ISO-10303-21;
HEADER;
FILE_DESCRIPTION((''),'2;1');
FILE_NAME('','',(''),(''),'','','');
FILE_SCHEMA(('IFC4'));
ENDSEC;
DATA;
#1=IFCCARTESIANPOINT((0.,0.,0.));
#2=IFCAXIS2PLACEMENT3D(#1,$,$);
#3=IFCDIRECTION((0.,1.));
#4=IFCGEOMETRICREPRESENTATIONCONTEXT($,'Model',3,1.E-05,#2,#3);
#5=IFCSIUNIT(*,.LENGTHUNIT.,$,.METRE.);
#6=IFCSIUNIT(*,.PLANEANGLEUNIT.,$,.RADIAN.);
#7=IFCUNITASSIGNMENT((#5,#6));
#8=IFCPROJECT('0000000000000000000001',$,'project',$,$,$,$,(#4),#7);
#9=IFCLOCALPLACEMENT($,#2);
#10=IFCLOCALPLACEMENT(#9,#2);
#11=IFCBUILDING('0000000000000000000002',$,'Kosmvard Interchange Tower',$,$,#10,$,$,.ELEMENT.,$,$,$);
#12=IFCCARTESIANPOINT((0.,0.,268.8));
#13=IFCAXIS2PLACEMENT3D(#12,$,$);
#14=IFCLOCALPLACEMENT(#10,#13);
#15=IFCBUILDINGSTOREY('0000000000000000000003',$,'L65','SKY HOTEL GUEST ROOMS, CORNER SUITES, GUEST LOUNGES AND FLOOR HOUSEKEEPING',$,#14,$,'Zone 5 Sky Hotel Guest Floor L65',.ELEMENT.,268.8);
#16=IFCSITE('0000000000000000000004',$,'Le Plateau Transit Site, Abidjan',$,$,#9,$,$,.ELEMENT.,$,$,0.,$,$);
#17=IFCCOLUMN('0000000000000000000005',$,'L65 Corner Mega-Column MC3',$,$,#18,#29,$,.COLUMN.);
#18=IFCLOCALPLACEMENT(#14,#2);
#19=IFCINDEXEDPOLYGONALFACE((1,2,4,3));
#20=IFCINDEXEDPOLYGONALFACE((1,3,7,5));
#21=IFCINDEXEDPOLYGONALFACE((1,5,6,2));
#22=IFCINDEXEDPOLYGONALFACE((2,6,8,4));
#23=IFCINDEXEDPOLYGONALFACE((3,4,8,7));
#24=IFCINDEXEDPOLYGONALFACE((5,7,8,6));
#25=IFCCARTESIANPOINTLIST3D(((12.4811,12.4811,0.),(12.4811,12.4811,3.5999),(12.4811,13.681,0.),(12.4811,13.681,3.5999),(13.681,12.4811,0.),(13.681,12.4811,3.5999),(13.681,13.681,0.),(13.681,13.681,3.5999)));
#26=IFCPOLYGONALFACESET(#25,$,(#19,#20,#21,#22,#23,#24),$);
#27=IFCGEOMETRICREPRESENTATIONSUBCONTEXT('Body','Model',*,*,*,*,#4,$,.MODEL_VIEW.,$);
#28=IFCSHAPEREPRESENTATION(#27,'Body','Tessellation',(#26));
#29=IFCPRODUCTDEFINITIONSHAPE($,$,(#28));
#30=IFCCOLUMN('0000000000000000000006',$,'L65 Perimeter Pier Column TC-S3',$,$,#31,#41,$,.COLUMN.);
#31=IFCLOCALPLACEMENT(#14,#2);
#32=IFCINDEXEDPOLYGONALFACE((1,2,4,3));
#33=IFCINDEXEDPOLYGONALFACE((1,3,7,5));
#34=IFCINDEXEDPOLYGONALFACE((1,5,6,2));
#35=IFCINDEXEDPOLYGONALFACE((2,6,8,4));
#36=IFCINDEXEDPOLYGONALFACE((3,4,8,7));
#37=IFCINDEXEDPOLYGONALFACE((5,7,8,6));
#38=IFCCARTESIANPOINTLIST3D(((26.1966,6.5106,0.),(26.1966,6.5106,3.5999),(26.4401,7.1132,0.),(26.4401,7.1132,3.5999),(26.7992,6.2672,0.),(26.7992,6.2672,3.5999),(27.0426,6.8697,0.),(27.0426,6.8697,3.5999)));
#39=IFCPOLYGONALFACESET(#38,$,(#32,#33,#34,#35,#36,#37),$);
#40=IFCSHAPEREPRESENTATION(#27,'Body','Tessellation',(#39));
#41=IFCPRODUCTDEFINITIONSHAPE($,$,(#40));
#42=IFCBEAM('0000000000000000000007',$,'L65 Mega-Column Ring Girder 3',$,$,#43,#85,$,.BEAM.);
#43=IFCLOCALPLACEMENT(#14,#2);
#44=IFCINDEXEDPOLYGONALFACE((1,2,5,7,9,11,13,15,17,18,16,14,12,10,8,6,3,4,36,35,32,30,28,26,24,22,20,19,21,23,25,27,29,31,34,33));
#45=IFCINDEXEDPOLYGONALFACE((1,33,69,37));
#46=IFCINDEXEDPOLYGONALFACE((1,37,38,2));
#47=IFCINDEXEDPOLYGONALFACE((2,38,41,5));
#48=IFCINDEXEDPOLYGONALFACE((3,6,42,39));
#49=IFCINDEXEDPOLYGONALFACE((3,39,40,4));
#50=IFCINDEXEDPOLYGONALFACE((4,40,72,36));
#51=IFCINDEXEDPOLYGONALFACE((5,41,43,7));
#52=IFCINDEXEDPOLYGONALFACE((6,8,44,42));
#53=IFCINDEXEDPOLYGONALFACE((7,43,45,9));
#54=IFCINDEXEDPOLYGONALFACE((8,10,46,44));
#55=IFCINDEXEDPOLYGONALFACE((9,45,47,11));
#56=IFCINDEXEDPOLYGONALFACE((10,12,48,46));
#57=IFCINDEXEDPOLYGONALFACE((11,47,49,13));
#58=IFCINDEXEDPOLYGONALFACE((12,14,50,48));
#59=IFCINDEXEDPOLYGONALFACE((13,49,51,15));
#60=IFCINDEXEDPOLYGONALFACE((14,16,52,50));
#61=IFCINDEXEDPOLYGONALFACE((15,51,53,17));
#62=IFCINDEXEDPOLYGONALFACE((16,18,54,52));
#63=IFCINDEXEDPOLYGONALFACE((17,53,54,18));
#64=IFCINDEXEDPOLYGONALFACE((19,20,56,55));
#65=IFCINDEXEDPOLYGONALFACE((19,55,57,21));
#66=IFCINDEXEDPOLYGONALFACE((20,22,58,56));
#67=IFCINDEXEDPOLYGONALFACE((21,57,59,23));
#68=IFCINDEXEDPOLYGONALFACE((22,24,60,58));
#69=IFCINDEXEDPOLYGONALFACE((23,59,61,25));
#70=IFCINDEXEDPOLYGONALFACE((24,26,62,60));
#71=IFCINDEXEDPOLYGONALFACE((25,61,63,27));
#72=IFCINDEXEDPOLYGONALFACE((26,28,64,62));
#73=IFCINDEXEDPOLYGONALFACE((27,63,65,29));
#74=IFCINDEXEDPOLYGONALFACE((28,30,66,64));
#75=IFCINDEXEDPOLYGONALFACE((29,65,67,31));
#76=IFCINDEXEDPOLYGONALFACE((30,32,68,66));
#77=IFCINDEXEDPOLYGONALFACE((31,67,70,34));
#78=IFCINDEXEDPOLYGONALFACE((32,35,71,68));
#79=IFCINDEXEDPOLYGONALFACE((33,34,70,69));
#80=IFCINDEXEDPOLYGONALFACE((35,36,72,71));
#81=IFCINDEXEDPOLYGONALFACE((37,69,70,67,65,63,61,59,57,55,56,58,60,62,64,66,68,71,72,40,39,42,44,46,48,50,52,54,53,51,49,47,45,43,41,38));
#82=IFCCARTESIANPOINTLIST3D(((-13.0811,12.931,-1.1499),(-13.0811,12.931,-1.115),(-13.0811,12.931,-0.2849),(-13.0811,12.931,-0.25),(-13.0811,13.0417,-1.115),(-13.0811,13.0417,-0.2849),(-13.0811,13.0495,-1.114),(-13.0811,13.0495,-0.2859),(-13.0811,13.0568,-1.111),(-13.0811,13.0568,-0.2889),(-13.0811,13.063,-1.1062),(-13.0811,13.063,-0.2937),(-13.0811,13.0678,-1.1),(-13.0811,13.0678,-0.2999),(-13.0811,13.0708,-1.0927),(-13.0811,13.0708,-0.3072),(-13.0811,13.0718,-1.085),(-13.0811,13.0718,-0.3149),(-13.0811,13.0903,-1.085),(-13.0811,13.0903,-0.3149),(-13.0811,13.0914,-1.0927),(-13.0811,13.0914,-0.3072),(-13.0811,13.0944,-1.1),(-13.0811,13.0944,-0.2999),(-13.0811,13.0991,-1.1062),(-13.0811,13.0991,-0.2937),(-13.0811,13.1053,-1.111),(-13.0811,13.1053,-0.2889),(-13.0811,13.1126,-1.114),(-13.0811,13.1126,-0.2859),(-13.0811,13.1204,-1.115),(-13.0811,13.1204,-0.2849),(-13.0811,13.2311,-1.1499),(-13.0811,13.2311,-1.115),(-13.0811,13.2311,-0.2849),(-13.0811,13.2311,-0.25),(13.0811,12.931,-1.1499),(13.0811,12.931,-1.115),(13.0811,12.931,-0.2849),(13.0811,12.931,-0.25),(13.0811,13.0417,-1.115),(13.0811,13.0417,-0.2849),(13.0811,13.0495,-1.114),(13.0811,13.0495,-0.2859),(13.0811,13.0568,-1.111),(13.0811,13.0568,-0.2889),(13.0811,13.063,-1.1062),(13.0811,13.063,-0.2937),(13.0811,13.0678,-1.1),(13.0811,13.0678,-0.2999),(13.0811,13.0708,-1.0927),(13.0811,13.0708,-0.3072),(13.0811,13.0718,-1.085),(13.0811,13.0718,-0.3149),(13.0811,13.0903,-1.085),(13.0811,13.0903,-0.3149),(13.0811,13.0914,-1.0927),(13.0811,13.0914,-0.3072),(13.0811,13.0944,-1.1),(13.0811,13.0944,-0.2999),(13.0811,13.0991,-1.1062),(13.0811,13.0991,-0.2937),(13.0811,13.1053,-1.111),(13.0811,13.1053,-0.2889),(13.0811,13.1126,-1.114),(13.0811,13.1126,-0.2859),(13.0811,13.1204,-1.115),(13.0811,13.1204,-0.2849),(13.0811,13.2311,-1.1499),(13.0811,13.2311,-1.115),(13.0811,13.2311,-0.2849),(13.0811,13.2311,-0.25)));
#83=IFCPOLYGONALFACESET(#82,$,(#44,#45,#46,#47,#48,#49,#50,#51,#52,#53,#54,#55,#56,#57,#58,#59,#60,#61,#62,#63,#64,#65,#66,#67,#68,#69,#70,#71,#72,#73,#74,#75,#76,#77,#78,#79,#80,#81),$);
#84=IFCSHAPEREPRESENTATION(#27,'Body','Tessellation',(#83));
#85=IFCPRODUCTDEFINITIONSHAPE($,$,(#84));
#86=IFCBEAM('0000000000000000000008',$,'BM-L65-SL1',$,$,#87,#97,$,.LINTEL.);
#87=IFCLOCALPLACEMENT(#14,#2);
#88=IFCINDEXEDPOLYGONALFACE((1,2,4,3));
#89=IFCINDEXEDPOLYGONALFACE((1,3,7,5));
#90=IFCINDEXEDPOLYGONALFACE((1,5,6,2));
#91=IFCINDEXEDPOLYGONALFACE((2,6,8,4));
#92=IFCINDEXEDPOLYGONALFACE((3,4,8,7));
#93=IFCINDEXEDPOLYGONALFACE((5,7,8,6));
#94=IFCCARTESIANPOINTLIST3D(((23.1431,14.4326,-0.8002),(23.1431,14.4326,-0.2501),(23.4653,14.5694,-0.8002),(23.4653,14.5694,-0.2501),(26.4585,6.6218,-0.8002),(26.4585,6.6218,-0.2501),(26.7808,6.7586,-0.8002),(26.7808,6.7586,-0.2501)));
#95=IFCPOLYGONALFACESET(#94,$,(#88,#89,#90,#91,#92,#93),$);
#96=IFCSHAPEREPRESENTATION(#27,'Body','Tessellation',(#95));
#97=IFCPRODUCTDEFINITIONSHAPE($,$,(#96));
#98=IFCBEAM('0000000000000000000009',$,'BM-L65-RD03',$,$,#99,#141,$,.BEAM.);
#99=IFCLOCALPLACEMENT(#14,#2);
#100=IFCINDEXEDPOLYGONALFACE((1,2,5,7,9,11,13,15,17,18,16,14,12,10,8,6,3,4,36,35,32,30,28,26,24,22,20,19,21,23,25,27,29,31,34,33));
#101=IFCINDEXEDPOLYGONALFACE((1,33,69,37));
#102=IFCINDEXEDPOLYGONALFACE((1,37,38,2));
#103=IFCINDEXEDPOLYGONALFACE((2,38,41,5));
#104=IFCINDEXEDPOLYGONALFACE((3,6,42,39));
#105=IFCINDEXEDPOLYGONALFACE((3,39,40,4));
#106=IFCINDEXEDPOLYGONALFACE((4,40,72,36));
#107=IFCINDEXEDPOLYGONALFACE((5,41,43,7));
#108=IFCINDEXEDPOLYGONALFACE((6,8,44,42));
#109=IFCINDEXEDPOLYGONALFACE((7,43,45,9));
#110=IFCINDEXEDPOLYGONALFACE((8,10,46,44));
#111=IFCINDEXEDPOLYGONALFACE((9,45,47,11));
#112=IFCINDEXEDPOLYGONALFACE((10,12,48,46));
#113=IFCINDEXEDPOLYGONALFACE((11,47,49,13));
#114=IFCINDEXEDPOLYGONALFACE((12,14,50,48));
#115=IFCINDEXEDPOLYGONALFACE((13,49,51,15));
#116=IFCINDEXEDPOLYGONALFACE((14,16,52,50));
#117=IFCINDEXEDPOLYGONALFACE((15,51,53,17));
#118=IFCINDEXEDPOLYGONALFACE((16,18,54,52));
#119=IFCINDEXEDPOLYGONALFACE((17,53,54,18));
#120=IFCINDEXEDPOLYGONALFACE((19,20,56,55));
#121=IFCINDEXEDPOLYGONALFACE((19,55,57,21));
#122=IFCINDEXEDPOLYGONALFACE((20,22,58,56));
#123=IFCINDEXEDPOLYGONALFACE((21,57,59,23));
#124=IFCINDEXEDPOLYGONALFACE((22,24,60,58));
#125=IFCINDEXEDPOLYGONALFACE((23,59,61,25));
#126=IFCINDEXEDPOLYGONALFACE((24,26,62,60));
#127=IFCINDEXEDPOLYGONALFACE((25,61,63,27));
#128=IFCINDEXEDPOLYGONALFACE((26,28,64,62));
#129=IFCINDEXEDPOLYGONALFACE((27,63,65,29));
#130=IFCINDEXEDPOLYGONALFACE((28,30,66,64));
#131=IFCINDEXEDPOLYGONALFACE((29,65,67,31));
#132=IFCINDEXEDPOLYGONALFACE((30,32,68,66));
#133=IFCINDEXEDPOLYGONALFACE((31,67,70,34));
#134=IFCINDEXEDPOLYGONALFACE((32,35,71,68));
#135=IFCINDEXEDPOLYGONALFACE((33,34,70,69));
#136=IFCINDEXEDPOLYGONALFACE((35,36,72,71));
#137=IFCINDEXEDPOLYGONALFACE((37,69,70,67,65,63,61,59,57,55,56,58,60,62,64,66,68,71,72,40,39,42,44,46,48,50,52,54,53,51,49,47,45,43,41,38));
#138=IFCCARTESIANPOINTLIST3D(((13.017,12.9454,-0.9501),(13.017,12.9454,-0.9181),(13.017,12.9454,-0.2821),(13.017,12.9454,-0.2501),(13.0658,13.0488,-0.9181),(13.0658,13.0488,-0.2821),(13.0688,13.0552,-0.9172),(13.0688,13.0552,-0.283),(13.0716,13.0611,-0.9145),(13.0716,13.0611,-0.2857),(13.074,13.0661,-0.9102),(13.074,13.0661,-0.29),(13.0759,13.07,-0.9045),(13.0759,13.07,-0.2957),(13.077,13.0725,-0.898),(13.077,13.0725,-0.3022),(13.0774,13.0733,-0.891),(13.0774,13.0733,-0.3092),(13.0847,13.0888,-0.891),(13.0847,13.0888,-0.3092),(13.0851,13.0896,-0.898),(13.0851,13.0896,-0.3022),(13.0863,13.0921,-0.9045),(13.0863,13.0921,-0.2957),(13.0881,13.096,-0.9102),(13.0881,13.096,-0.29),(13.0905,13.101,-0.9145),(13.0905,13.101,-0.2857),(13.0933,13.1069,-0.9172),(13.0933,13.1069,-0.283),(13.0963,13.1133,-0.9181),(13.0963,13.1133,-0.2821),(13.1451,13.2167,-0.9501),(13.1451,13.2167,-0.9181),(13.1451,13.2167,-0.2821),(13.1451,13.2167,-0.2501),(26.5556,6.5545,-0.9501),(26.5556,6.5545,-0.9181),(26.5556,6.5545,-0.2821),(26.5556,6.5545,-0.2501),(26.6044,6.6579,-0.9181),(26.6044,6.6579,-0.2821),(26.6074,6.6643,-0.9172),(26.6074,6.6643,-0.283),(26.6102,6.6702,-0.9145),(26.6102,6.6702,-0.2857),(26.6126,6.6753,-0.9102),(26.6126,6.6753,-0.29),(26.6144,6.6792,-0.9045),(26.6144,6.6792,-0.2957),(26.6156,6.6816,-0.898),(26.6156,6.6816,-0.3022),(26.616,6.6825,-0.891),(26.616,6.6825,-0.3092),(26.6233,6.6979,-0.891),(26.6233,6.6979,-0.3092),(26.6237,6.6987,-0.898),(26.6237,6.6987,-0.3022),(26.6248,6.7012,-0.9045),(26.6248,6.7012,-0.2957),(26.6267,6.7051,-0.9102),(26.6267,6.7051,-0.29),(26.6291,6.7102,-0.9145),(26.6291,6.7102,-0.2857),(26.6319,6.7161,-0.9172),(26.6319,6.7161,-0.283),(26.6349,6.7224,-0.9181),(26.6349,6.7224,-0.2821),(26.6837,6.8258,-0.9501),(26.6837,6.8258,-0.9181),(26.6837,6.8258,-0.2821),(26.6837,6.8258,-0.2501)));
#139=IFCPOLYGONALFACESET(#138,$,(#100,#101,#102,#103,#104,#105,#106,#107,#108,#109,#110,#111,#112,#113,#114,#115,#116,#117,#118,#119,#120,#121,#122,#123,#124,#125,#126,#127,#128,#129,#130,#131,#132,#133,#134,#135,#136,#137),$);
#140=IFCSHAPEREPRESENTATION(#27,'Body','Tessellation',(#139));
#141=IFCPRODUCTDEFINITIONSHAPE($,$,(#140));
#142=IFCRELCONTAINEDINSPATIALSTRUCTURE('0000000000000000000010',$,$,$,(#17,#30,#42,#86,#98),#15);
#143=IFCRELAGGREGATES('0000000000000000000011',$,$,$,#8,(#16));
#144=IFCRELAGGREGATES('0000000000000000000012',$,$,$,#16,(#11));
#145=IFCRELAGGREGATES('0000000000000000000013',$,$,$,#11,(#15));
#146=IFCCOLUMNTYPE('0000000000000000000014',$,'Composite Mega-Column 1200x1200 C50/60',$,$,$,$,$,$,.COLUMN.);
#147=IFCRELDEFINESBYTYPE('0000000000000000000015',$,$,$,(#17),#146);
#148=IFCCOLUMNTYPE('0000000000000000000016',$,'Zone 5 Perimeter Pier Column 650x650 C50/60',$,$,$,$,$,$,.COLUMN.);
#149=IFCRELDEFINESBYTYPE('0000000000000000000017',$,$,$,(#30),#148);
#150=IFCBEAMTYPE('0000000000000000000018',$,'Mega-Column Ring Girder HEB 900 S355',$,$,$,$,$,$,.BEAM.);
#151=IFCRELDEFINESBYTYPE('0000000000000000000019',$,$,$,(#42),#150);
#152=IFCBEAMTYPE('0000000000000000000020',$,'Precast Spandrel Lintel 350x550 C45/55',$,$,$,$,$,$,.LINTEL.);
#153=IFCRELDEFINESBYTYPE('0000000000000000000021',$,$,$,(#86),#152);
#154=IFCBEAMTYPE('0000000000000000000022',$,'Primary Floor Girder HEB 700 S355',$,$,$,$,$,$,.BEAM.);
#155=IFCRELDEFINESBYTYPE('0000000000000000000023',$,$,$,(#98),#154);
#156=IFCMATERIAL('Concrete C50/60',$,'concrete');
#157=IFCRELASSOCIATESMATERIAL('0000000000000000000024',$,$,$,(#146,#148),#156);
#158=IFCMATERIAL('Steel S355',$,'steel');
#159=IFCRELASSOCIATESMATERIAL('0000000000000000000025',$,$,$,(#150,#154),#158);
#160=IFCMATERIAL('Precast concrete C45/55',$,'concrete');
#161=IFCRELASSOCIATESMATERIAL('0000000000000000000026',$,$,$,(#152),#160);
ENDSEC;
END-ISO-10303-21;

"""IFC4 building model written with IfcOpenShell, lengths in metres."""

from ifc_helpers import new_model, si_unit, direction, frame, origin, origin_2d, place, context, subcontext, project, spatial, rectangle, i_section, extrude, source, transform, mapped, material, material_profile, profile_set, type_object, element, save


model = new_model("IFC4")

# Units and contexts
model_context = context("Model", 3, precision=1e-05, world=origin(), true_north=direction((0.0, 1.0)))
body_context = subcontext(model_context, "Body", "Model", "MODEL_VIEW")
ifc_project = project(units=[si_unit("LENGTHUNIT", "METRE"), si_unit("PLANEANGLEUNIT", "RADIAN")], contexts=[model_context])

# Site, building, storey
site_placement = place(None, origin())
site = spatial("IfcSite", under=ifc_project, at=site_placement, Name="Le Plateau Transit Site, Abidjan", CompositionType="ELEMENT", RefElevation=0.0)
building_placement = place(site_placement, origin())
building = spatial("IfcBuilding", under=site, at=building_placement, Name="Kosmvard Interchange Tower", CompositionType="ELEMENT")
storey_placement = place(building_placement, frame((0.0, 0.0, 268.8)))
storey = spatial("IfcBuildingStorey", under=building, at=storey_placement, Name="L65", Description="SKY HOTEL GUEST ROOMS, CORNER SUITES, GUEST LOUNGES AND FLOOR HOUSEKEEPING", LongName="Zone 5 Sky Hotel Guest Floor L65", CompositionType="ELEMENT", Elevation=268.8)

# Columns
ifc_material_1 = material(Name="Concrete C50/60", Category="concrete")
ifc_material_profile_1 = material_profile(ifc_material_1, rectangle(XDim=1.2, YDim=1.2, at=origin_2d()), Name="MC 1200x1200")
ifc_profile_set_1 = profile_set([ifc_material_profile_1], Name="Concrete C50/60")
column_type_1 = type_object("IfcColumnType", Name="Composite Mega-Column 1200x1200 C50/60", PredefinedType="COLUMN", material=ifc_profile_set_1)
shared_shape_1 = source(origin(), body_context, "Body", "SweptSolid", [
    extrude(rectangle(XDim=1.2, YDim=1.2, at=origin_2d()), origin(), (0.0, 0.0, 1.0), 3.5999),
])
column_1_placement = place(storey_placement, frame((13.0811, 13.0811, 0.0), z_axis=(0.0, 0.0, 1.0), x_axis=(1.0, 0.0, 0.0)))
element("IfcColumn", 1, at=column_1_placement, inside=storey, type_object=column_type_1, Name="L65 Corner Mega-Column MC3", PredefinedType="COLUMN", context=body_context, shape_type="MappedRepresentation", body=[
    mapped(shared_shape_1, transform((0.0, 0.0, 0.0), scale=1.0)),
])
ifc_material_profile_2 = material_profile(ifc_material_1, rectangle(XDim=0.6499, YDim=0.6499, at=origin_2d()), Name="TC 650x650")
ifc_profile_set_2 = profile_set([ifc_material_profile_2], Name="Concrete C50/60")
column_type_2 = type_object("IfcColumnType", Name="Zone 5 Perimeter Pier Column 650x650 C50/60", PredefinedType="COLUMN", material=ifc_profile_set_2)
shared_shape_2 = source(origin(), body_context, "Body", "SweptSolid", [
    extrude(rectangle(XDim=0.6499, YDim=0.6499, at=origin_2d()), origin(), (0.0, 0.0, 1.0), 3.5999),
])
column_2_placement = place(storey_placement, frame((26.6196, 6.6902, 0.0), z_axis=(0.0, 0.0, 1.0), x_axis=(0.374607, 0.927184, 0.0)))
element("IfcColumn", 2, at=column_2_placement, inside=storey, type_object=column_type_2, Name="L65 Perimeter Pier Column TC-S3", PredefinedType="COLUMN", context=body_context, shape_type="MappedRepresentation", body=[
    mapped(shared_shape_2, transform((0.0, 0.0, 0.0), scale=1.0)),
])

# Beams
ifc_material_2 = material(Name="Steel S355", Category="steel")
ifc_material_profile_3 = material_profile(ifc_material_2, i_section(OverallWidth=0.3, OverallDepth=0.8999, WebThickness=0.0186, FlangeThickness=0.0349, FilletRadius=0.03, at=origin_2d()), Name="HEB 900")
ifc_profile_set_3 = profile_set([ifc_material_profile_3], Name="Steel S355")
beam_type_1 = type_object("IfcBeamType", Name="Mega-Column Ring Girder HEB 900 S355", PredefinedType="BEAM", material=ifc_profile_set_3)
shared_shape_3 = source(origin(), body_context, "Body", "SweptSolid", [
    extrude(i_section(OverallWidth=0.3, OverallDepth=0.8999, WebThickness=0.0186, FlangeThickness=0.0349, FilletRadius=0.03, at=origin_2d()), origin(), (0.0, 0.0, 1.0), 26.1621),
])
beam_1_placement = place(storey_placement, frame((13.0811, 13.0811, -0.7), z_axis=(-1.0, 0.0, 0.0), x_axis=(0.0, -1.0, 0.0)))
element("IfcBeam", 3, at=beam_1_placement, inside=storey, type_object=beam_type_1, Name="L65 Mega-Column Ring Girder 3", PredefinedType="BEAM", context=body_context, shape_type="MappedRepresentation", body=[
    mapped(shared_shape_3, transform((0.0, 0.0, 0.0), scale=1.0)),
])
ifc_material_3 = material(Name="Precast concrete C45/55", Category="concrete")
ifc_material_profile_4 = material_profile(ifc_material_3, rectangle(XDim=0.3501, YDim=0.55, at=origin_2d()), Name="SL 350x550")
ifc_profile_set_4 = profile_set([ifc_material_profile_4], Name="Precast concrete C45/55")
beam_type_2 = type_object("IfcBeamType", Name="Precast Spandrel Lintel 350x550 C45/55", PredefinedType="LINTEL", material=ifc_profile_set_4)
shared_shape_4 = source(origin(), body_context, "Body", "SweptSolid", [
    extrude(rectangle(XDim=0.3501, YDim=0.55, at=origin_2d()), origin(), (0.0, 0.0, 1.0), 8.4854),
])
beam_2_placement = place(storey_placement, frame((26.6196, 6.6902, -0.5251), z_axis=(-0.390726, 0.920507, 0.0), x_axis=(-0.920507, -0.390726, 0.0)))
element("IfcBeam", 4, at=beam_2_placement, inside=storey, type_object=beam_type_2, Name="BM-L65-SL1", PredefinedType="LINTEL", context=body_context, shape_type="MappedRepresentation", body=[
    mapped(shared_shape_4, transform((0.0, 0.0, 0.0), scale=1.0)),
])
ifc_material_profile_5 = material_profile(ifc_material_2, i_section(OverallWidth=0.3, OverallDepth=0.7, WebThickness=0.0171, FlangeThickness=0.032, FilletRadius=0.0271, at=origin_2d()), Name="HEB 700")
ifc_profile_set_5 = profile_set([ifc_material_profile_5], Name="Steel S355")
beam_type_3 = type_object("IfcBeamType", Name="Primary Floor Girder HEB 700 S355", PredefinedType="BEAM", material=ifc_profile_set_5)
shared_shape_5 = source(origin(), body_context, "Body", "SweptSolid", [
    extrude(i_section(OverallWidth=0.3, OverallDepth=0.7, WebThickness=0.0171, FlangeThickness=0.032, FilletRadius=0.0271, at=origin_2d()), origin(), (0.0, 0.0, 1.0), 14.9712),
])
beam_3_placement = place(storey_placement, frame((13.0811, 13.0811, -0.6001), z_axis=(0.904309, -0.426878, 0.0), x_axis=(0.426878, 0.904309, 0.0)))
element("IfcBeam", 5, at=beam_3_placement, inside=storey, type_object=beam_type_3, Name="BM-L65-RD03", PredefinedType="BEAM", context=body_context, shape_type="MappedRepresentation", body=[
    mapped(shared_shape_5, transform((0.0, 0.0, 0.0), scale=1.0)),
])

save(model, "model.ifc")
